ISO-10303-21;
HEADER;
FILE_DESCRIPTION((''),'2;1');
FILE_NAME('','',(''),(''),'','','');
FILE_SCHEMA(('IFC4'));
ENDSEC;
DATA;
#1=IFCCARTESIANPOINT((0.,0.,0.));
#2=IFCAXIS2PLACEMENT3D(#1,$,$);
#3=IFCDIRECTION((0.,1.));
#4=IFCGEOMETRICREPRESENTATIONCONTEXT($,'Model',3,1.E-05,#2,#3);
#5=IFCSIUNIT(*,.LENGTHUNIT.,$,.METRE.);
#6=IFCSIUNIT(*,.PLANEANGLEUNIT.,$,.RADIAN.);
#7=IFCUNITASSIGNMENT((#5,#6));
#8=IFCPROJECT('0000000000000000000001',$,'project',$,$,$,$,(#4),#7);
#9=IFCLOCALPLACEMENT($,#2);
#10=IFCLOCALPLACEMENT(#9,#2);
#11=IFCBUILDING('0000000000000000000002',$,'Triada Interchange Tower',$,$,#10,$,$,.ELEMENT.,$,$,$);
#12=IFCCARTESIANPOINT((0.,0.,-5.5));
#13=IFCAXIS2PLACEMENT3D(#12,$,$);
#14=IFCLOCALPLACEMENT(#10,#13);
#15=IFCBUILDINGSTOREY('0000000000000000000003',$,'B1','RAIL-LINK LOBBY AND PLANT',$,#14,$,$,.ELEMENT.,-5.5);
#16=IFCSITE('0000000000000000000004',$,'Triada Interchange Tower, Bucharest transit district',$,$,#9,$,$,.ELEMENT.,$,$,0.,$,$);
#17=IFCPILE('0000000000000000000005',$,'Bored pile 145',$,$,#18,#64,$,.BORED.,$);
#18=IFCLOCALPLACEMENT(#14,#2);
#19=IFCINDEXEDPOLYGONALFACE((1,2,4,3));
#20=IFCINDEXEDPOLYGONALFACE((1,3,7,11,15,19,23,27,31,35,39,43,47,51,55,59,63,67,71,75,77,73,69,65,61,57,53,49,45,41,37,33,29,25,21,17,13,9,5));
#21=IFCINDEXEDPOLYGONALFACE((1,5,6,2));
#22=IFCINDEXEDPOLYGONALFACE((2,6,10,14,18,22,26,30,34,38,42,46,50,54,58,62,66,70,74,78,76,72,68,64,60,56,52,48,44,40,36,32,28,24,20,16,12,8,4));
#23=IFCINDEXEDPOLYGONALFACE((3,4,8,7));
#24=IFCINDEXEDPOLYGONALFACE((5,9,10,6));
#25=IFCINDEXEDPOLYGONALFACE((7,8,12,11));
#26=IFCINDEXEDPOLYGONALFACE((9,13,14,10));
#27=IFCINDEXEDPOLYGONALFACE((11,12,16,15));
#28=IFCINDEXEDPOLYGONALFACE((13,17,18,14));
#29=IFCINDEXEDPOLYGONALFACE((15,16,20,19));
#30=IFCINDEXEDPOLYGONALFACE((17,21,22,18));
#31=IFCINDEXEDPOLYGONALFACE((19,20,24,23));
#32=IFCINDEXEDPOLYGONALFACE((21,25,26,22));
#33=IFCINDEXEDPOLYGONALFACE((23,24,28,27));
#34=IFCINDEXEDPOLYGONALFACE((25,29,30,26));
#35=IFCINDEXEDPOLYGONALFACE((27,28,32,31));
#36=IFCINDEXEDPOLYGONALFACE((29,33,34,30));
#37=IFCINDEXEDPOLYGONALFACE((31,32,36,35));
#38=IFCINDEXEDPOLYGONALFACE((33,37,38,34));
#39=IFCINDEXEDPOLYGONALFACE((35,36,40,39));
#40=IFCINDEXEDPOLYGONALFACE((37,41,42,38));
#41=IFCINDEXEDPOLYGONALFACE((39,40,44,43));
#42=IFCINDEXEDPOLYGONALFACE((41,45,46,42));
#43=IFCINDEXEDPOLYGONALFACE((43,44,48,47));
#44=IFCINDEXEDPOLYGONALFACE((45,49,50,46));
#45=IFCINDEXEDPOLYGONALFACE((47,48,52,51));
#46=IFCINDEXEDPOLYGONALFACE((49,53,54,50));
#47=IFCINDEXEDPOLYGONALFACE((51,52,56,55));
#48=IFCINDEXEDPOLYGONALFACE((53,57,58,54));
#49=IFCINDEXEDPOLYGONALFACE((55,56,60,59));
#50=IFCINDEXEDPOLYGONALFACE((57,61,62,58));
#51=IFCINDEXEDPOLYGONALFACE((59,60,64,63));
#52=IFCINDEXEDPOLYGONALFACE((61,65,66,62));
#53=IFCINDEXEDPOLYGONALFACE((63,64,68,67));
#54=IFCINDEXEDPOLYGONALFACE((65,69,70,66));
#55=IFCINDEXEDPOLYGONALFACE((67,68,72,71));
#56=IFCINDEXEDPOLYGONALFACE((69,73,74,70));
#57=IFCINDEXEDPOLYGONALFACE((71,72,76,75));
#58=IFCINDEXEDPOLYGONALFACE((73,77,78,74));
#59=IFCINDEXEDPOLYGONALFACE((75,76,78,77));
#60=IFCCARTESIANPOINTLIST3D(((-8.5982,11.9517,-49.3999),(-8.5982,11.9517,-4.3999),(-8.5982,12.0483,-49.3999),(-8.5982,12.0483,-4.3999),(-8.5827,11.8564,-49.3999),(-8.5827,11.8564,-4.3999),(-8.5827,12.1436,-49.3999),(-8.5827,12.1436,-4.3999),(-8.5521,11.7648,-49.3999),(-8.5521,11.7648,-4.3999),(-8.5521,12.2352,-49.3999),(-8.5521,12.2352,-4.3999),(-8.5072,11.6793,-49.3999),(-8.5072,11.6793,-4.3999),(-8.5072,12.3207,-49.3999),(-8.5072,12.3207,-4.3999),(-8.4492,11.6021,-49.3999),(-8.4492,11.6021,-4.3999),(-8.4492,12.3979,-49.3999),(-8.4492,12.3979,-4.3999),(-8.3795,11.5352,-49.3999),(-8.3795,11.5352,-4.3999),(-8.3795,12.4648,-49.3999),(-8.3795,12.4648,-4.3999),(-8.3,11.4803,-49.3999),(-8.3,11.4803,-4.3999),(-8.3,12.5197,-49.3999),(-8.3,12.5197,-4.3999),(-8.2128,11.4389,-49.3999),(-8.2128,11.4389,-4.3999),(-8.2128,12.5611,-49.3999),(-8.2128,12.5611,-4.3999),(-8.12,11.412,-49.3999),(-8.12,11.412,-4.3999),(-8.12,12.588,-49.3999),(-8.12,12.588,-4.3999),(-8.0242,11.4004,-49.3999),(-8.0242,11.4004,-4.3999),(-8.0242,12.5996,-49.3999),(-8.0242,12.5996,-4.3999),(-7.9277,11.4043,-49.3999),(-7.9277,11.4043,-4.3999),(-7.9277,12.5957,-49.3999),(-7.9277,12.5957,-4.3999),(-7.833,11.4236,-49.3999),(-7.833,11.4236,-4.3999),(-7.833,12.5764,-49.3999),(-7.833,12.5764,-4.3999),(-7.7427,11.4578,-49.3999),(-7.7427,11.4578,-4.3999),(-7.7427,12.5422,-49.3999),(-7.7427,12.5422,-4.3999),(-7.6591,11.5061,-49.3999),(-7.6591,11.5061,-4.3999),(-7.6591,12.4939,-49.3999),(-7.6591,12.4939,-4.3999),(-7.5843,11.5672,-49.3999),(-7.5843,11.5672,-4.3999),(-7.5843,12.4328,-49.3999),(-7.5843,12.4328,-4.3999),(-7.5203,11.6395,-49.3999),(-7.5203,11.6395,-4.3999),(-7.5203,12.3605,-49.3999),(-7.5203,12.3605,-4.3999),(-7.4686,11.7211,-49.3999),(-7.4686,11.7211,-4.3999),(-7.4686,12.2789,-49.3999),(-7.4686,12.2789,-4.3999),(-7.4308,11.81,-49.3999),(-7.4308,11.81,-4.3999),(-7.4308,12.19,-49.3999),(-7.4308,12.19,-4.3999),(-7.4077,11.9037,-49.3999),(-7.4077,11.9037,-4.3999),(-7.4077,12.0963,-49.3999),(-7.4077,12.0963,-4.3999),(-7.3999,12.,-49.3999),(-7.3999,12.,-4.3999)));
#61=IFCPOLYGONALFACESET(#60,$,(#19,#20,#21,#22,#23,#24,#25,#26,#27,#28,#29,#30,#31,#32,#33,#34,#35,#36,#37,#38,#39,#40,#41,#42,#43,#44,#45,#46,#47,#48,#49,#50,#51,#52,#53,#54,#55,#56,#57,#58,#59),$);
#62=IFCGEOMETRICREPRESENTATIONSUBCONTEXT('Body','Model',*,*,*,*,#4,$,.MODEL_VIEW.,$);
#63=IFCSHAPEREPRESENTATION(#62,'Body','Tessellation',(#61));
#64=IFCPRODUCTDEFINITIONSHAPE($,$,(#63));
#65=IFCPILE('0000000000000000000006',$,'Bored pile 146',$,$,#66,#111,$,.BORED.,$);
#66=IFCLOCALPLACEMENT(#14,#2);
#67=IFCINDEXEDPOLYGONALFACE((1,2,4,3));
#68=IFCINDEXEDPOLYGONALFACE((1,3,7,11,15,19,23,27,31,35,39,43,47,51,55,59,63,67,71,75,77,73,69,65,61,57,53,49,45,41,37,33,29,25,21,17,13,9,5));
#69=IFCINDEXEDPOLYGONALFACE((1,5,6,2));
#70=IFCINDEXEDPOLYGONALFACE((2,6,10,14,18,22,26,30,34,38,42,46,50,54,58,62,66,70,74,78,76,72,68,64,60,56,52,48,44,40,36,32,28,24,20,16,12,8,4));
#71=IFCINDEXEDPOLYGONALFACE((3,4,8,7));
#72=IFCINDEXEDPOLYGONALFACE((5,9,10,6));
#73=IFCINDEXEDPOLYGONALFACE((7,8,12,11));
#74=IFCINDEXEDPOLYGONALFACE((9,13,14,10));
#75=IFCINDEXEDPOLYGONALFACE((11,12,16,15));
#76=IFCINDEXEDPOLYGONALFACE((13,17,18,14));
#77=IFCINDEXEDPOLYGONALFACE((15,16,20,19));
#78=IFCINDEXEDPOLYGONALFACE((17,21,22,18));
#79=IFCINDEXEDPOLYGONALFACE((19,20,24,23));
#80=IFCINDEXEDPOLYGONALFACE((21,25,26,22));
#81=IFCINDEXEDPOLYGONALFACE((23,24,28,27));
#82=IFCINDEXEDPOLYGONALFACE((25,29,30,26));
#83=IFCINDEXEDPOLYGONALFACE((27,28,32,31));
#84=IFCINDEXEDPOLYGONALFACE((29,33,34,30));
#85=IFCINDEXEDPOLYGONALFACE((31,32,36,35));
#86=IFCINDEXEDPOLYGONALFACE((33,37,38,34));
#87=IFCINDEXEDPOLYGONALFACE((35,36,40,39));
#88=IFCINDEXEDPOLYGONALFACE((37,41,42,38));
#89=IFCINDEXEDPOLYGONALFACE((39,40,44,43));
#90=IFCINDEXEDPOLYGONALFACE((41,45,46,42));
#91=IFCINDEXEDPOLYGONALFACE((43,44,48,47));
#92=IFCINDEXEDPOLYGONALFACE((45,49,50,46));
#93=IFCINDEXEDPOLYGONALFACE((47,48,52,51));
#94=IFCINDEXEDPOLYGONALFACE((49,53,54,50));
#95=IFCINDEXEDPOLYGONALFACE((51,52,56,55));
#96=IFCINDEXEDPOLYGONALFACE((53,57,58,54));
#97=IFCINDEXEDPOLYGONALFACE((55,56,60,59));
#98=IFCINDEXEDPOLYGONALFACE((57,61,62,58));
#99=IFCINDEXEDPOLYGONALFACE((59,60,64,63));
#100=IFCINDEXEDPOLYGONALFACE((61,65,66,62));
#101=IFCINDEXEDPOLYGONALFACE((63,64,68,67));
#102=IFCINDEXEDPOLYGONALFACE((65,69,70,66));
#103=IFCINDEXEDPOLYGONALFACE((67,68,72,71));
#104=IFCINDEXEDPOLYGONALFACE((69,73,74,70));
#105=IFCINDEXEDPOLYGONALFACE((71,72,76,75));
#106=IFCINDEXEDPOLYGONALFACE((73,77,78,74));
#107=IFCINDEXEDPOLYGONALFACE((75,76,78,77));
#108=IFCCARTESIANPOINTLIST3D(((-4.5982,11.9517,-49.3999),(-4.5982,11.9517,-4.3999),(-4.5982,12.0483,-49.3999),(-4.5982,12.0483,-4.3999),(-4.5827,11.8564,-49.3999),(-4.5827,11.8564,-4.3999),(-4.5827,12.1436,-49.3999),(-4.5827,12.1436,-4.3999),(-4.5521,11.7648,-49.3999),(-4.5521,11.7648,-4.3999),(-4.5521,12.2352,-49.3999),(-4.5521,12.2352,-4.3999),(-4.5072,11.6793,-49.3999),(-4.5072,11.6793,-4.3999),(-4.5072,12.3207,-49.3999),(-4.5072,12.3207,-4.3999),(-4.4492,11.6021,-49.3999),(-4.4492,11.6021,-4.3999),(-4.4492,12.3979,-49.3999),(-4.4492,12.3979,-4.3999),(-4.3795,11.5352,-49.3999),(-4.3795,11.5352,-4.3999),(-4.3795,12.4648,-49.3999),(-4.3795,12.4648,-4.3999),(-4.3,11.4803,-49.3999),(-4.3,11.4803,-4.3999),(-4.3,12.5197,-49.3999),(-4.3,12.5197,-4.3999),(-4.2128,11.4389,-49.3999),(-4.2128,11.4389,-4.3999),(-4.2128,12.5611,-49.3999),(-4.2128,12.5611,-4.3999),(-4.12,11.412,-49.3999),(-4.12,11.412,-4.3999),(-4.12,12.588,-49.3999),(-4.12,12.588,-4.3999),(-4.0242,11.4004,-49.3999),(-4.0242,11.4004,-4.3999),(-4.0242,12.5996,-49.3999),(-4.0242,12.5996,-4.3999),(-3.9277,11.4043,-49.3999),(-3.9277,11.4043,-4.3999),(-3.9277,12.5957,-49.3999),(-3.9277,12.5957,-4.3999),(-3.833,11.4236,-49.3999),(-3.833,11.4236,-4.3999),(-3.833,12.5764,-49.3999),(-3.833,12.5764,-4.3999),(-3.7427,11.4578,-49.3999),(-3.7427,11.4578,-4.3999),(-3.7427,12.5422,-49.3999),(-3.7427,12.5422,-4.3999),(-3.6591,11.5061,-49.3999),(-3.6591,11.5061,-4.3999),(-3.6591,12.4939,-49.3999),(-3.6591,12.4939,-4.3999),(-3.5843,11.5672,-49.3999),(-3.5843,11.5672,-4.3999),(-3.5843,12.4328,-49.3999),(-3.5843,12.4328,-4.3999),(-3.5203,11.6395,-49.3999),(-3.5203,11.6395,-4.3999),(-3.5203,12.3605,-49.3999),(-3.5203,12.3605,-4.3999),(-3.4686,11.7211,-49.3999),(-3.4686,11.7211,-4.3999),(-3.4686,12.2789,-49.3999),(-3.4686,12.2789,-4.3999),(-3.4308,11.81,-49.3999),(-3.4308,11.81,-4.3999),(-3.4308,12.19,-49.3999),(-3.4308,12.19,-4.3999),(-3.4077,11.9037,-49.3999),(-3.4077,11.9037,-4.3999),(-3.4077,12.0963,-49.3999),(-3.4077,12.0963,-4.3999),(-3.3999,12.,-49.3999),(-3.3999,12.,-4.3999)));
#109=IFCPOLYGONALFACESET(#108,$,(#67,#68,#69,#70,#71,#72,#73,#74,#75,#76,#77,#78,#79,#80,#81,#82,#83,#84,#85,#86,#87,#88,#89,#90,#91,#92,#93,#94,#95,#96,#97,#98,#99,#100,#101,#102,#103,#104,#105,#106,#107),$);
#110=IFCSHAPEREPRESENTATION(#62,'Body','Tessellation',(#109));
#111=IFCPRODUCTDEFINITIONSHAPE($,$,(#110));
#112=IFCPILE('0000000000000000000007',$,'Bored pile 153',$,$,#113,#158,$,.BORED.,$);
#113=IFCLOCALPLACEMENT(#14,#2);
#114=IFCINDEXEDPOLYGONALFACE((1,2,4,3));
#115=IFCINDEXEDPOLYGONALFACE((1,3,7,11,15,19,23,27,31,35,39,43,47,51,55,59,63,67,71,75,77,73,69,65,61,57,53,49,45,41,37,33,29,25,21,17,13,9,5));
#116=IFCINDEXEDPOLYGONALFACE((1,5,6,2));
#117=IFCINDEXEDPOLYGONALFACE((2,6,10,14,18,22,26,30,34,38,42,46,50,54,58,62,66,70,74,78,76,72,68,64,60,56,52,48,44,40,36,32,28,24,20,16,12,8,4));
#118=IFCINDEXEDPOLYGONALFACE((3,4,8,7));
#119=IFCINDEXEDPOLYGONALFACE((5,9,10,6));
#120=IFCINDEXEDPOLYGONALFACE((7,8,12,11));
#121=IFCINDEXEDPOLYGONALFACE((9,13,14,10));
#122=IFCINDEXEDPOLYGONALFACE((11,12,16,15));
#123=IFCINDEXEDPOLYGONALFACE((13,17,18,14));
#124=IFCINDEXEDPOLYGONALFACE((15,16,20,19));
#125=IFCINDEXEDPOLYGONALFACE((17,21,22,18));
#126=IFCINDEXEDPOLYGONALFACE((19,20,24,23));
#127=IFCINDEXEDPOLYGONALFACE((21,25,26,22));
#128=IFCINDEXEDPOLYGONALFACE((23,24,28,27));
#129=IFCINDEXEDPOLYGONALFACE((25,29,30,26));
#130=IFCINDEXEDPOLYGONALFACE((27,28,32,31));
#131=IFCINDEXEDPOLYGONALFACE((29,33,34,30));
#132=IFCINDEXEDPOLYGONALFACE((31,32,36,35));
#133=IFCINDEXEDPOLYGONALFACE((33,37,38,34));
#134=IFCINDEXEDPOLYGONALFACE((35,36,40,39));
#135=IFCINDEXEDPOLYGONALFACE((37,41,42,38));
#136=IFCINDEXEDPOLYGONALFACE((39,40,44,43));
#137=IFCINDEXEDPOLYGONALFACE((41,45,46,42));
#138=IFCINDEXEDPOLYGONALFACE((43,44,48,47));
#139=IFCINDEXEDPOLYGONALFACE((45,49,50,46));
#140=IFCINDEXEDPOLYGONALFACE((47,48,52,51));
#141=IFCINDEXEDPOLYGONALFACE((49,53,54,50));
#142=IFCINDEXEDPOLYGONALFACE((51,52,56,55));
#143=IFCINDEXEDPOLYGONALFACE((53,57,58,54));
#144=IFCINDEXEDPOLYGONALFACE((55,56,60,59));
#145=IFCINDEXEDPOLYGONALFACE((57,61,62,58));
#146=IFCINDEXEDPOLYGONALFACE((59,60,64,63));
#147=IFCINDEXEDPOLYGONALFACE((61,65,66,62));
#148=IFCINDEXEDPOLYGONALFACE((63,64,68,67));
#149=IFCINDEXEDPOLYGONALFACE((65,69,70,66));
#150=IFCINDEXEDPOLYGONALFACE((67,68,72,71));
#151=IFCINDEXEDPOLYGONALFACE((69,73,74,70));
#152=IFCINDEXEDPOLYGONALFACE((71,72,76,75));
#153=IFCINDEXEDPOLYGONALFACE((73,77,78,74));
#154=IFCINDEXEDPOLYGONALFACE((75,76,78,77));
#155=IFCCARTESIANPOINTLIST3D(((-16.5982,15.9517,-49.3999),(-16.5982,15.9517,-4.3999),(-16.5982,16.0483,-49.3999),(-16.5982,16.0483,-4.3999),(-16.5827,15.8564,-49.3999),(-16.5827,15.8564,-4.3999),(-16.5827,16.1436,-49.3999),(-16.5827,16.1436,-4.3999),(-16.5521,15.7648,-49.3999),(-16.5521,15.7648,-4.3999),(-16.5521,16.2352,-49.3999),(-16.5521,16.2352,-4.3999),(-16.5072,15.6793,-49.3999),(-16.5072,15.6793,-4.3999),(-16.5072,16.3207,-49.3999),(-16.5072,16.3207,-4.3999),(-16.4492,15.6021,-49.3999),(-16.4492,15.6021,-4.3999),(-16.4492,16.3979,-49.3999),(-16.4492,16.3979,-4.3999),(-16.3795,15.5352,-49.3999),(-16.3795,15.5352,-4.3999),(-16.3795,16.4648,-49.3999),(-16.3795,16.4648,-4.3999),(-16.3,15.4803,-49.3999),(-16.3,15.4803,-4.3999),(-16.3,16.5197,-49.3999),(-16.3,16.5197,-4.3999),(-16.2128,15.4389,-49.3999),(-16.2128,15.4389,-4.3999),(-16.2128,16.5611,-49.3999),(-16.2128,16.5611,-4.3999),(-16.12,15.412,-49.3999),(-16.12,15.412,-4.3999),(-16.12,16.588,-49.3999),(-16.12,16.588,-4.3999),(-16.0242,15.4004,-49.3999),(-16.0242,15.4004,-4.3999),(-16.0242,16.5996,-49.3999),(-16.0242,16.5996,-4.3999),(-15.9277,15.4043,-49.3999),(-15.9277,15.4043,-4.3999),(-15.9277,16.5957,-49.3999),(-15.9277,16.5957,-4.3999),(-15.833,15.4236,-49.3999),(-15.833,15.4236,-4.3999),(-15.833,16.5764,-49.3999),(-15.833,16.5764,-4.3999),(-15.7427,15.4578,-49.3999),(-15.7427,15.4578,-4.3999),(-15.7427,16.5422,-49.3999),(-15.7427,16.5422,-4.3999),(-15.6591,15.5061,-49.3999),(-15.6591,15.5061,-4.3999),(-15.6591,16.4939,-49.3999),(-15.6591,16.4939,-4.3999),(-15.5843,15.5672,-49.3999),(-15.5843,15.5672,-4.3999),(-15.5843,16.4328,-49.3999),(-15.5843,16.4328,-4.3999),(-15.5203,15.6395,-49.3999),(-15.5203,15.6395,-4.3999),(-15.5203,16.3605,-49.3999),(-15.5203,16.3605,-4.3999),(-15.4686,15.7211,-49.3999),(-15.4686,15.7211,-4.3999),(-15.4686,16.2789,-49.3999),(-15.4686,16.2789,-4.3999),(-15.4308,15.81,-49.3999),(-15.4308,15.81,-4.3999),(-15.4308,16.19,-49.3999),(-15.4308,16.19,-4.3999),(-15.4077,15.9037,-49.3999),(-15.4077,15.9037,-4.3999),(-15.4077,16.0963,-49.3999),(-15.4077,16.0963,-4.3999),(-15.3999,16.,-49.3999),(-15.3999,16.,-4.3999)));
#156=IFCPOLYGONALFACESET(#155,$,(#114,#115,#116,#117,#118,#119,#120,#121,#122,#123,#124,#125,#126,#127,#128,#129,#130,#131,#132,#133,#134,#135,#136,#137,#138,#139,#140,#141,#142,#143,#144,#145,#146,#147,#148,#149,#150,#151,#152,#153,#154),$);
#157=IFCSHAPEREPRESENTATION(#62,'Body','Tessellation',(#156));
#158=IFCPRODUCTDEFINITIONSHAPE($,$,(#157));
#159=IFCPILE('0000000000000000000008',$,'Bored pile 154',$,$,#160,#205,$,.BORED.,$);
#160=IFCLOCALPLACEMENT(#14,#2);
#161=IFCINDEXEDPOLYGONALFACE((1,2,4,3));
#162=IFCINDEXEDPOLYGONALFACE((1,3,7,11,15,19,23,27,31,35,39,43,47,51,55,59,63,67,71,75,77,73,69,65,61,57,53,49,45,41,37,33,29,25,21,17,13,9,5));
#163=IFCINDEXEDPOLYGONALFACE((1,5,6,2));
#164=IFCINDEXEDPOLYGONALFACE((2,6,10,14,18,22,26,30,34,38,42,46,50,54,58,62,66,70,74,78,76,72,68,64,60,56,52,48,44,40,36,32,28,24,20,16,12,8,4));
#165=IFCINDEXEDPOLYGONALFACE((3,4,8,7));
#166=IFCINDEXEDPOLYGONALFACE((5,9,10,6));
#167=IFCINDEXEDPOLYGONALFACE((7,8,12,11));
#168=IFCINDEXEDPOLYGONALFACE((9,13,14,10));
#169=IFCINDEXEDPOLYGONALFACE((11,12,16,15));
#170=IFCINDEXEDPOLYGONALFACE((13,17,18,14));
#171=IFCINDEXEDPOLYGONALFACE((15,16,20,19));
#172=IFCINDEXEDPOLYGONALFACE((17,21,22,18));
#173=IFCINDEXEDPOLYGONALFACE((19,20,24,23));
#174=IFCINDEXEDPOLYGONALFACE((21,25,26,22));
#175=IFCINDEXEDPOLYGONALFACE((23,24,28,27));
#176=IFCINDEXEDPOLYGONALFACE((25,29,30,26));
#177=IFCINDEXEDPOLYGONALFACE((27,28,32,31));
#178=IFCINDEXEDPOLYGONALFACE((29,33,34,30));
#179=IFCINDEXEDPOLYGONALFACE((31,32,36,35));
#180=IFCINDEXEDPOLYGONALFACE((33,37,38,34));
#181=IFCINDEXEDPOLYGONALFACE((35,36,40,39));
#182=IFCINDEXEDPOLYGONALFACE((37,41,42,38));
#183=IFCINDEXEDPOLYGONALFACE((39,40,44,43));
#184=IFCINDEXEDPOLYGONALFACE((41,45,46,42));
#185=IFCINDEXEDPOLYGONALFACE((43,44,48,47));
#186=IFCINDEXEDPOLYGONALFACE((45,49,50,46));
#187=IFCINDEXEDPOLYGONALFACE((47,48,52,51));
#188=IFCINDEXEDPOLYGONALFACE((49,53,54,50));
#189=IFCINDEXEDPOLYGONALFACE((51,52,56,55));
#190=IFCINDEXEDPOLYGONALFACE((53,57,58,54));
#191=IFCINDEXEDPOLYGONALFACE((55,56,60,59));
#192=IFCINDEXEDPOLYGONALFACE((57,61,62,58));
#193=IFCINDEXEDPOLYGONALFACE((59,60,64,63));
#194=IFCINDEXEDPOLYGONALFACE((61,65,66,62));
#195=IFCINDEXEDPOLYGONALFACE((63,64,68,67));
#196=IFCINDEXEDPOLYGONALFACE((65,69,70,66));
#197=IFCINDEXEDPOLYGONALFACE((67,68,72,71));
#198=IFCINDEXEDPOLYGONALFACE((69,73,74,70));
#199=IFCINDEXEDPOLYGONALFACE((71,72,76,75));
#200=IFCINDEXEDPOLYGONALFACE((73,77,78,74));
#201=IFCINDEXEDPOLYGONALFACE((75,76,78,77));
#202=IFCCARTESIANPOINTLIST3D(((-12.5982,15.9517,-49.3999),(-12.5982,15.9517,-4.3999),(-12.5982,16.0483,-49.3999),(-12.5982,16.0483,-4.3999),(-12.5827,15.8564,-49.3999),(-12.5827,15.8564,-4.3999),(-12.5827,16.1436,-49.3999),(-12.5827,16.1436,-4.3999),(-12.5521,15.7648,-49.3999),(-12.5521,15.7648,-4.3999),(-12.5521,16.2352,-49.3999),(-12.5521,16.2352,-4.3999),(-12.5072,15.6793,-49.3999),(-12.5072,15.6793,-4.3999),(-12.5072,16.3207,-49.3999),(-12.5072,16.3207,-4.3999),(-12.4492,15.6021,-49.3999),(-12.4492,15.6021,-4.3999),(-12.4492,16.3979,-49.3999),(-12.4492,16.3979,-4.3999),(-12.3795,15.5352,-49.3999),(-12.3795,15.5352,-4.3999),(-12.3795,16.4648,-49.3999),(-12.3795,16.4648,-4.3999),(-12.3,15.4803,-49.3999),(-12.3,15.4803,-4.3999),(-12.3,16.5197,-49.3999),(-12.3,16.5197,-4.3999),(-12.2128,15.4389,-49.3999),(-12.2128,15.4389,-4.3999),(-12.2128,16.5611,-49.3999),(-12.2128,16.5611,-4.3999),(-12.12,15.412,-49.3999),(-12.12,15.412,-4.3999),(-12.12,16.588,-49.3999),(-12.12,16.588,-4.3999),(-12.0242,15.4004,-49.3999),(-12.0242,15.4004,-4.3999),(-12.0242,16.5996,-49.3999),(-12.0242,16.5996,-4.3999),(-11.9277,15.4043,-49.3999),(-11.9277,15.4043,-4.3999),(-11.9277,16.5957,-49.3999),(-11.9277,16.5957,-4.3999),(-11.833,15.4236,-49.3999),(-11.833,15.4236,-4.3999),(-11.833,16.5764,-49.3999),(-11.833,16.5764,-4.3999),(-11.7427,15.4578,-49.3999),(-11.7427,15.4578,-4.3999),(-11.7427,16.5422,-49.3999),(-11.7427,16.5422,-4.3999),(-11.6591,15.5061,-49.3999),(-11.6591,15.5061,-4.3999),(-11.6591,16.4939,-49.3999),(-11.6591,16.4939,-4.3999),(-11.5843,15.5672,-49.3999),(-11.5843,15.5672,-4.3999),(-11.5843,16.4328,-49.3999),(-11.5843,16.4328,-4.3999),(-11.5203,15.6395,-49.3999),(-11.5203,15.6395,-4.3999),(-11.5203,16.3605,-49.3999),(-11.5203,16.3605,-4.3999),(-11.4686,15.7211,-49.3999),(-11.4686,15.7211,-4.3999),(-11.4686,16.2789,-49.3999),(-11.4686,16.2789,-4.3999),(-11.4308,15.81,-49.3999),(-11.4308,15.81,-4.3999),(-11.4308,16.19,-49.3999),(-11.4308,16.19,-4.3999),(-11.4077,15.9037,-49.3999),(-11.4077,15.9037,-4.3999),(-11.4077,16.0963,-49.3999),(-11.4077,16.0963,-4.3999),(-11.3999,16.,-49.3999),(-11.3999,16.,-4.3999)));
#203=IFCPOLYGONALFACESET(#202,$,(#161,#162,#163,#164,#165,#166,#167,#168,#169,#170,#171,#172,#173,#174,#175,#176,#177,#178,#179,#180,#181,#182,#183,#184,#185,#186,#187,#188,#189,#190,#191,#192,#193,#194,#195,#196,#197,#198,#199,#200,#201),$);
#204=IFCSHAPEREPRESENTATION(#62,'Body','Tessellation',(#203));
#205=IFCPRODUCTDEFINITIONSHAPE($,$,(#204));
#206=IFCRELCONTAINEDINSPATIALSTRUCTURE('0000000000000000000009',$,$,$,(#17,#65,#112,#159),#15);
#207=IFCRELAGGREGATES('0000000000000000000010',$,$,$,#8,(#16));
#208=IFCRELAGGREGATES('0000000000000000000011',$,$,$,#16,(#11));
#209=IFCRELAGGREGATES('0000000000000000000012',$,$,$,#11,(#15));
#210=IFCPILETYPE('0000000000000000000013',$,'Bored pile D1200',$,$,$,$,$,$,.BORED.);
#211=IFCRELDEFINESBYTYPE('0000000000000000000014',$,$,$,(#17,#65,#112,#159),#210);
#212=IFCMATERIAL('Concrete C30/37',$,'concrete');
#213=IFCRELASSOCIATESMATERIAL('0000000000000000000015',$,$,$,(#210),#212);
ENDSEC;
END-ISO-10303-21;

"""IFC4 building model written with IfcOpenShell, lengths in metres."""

from ifc_helpers import new_model, si_unit, direction, frame, origin, origin_2d, place, context, subcontext, project, spatial, circle, extrude, material, material_profile, profile_set, type_object, element, save


model = new_model("IFC4")

# Units and contexts
model_context = context("Model", 3, precision=1e-05, world=origin(), true_north=direction((0.0, 1.0)))
body_context = subcontext(model_context, "Body", "Model", "MODEL_VIEW")
ifc_project = project(units=[si_unit("LENGTHUNIT", "METRE"), si_unit("PLANEANGLEUNIT", "RADIAN")], contexts=[model_context])

# Site, building, storey
site_placement = place(None, origin())
site = spatial("IfcSite", under=ifc_project, at=site_placement, Name="Triada Interchange Tower, Bucharest transit district", CompositionType="ELEMENT", RefElevation=0.0)
building_placement = place(site_placement, origin())
building = spatial("IfcBuilding", under=site, at=building_placement, Name="Triada Interchange Tower", CompositionType="ELEMENT")
storey_placement = place(building_placement, frame((0.0, 0.0, -5.5)))
storey = spatial("IfcBuildingStorey", under=building, at=storey_placement, Name="B1", Description="RAIL-LINK LOBBY AND PLANT", CompositionType="ELEMENT", Elevation=-5.5)

# Piles
ifc_material_1 = material(Name="Concrete C30/37", Category="concrete")
ifc_material_profile_1 = material_profile(ifc_material_1, circle(Radius=0.6001, at=origin_2d()), Name="RC D1200")
ifc_profile_set_1 = profile_set([ifc_material_profile_1], Name="Concrete C30/37")
pile_type = type_object("IfcPileType", Name="Bored pile D1200", PredefinedType="BORED", material=ifc_profile_set_1)
for number, where, z_axis, x_axis, name in (
    (1, (-8.0, 12.0, -4.3999), (0.0, 0.0, -1.0), (1.0, 0.0, 0.0), "Bored pile 145"),
    (2, (-4.0, 12.0, -4.3999), (0.0, 0.0, -1.0), (1.0, 0.0, 0.0), "Bored pile 146"),
    (3, (-16.0, 16.0, -4.3999), (0.0, 0.0, -1.0), (1.0, 0.0, 0.0), "Bored pile 153"),
    (4, (-12.0, 16.0, -4.3999), (0.0, 0.0, -1.0), (1.0, 0.0, 0.0), "Bored pile 154"),
):
    element("IfcPile", number, at=place(storey_placement, frame(where, z_axis=z_axis, x_axis=x_axis)), inside=storey, type_object=pile_type, Name=name, PredefinedType="BORED", context=body_context, shape_type="SweptSolid", body=[
        extrude(circle(Radius=0.6001, at=origin_2d()), origin(), (0.0, 0.0, 1.0), 45.0),
    ])

save(model, "model.ifc")
